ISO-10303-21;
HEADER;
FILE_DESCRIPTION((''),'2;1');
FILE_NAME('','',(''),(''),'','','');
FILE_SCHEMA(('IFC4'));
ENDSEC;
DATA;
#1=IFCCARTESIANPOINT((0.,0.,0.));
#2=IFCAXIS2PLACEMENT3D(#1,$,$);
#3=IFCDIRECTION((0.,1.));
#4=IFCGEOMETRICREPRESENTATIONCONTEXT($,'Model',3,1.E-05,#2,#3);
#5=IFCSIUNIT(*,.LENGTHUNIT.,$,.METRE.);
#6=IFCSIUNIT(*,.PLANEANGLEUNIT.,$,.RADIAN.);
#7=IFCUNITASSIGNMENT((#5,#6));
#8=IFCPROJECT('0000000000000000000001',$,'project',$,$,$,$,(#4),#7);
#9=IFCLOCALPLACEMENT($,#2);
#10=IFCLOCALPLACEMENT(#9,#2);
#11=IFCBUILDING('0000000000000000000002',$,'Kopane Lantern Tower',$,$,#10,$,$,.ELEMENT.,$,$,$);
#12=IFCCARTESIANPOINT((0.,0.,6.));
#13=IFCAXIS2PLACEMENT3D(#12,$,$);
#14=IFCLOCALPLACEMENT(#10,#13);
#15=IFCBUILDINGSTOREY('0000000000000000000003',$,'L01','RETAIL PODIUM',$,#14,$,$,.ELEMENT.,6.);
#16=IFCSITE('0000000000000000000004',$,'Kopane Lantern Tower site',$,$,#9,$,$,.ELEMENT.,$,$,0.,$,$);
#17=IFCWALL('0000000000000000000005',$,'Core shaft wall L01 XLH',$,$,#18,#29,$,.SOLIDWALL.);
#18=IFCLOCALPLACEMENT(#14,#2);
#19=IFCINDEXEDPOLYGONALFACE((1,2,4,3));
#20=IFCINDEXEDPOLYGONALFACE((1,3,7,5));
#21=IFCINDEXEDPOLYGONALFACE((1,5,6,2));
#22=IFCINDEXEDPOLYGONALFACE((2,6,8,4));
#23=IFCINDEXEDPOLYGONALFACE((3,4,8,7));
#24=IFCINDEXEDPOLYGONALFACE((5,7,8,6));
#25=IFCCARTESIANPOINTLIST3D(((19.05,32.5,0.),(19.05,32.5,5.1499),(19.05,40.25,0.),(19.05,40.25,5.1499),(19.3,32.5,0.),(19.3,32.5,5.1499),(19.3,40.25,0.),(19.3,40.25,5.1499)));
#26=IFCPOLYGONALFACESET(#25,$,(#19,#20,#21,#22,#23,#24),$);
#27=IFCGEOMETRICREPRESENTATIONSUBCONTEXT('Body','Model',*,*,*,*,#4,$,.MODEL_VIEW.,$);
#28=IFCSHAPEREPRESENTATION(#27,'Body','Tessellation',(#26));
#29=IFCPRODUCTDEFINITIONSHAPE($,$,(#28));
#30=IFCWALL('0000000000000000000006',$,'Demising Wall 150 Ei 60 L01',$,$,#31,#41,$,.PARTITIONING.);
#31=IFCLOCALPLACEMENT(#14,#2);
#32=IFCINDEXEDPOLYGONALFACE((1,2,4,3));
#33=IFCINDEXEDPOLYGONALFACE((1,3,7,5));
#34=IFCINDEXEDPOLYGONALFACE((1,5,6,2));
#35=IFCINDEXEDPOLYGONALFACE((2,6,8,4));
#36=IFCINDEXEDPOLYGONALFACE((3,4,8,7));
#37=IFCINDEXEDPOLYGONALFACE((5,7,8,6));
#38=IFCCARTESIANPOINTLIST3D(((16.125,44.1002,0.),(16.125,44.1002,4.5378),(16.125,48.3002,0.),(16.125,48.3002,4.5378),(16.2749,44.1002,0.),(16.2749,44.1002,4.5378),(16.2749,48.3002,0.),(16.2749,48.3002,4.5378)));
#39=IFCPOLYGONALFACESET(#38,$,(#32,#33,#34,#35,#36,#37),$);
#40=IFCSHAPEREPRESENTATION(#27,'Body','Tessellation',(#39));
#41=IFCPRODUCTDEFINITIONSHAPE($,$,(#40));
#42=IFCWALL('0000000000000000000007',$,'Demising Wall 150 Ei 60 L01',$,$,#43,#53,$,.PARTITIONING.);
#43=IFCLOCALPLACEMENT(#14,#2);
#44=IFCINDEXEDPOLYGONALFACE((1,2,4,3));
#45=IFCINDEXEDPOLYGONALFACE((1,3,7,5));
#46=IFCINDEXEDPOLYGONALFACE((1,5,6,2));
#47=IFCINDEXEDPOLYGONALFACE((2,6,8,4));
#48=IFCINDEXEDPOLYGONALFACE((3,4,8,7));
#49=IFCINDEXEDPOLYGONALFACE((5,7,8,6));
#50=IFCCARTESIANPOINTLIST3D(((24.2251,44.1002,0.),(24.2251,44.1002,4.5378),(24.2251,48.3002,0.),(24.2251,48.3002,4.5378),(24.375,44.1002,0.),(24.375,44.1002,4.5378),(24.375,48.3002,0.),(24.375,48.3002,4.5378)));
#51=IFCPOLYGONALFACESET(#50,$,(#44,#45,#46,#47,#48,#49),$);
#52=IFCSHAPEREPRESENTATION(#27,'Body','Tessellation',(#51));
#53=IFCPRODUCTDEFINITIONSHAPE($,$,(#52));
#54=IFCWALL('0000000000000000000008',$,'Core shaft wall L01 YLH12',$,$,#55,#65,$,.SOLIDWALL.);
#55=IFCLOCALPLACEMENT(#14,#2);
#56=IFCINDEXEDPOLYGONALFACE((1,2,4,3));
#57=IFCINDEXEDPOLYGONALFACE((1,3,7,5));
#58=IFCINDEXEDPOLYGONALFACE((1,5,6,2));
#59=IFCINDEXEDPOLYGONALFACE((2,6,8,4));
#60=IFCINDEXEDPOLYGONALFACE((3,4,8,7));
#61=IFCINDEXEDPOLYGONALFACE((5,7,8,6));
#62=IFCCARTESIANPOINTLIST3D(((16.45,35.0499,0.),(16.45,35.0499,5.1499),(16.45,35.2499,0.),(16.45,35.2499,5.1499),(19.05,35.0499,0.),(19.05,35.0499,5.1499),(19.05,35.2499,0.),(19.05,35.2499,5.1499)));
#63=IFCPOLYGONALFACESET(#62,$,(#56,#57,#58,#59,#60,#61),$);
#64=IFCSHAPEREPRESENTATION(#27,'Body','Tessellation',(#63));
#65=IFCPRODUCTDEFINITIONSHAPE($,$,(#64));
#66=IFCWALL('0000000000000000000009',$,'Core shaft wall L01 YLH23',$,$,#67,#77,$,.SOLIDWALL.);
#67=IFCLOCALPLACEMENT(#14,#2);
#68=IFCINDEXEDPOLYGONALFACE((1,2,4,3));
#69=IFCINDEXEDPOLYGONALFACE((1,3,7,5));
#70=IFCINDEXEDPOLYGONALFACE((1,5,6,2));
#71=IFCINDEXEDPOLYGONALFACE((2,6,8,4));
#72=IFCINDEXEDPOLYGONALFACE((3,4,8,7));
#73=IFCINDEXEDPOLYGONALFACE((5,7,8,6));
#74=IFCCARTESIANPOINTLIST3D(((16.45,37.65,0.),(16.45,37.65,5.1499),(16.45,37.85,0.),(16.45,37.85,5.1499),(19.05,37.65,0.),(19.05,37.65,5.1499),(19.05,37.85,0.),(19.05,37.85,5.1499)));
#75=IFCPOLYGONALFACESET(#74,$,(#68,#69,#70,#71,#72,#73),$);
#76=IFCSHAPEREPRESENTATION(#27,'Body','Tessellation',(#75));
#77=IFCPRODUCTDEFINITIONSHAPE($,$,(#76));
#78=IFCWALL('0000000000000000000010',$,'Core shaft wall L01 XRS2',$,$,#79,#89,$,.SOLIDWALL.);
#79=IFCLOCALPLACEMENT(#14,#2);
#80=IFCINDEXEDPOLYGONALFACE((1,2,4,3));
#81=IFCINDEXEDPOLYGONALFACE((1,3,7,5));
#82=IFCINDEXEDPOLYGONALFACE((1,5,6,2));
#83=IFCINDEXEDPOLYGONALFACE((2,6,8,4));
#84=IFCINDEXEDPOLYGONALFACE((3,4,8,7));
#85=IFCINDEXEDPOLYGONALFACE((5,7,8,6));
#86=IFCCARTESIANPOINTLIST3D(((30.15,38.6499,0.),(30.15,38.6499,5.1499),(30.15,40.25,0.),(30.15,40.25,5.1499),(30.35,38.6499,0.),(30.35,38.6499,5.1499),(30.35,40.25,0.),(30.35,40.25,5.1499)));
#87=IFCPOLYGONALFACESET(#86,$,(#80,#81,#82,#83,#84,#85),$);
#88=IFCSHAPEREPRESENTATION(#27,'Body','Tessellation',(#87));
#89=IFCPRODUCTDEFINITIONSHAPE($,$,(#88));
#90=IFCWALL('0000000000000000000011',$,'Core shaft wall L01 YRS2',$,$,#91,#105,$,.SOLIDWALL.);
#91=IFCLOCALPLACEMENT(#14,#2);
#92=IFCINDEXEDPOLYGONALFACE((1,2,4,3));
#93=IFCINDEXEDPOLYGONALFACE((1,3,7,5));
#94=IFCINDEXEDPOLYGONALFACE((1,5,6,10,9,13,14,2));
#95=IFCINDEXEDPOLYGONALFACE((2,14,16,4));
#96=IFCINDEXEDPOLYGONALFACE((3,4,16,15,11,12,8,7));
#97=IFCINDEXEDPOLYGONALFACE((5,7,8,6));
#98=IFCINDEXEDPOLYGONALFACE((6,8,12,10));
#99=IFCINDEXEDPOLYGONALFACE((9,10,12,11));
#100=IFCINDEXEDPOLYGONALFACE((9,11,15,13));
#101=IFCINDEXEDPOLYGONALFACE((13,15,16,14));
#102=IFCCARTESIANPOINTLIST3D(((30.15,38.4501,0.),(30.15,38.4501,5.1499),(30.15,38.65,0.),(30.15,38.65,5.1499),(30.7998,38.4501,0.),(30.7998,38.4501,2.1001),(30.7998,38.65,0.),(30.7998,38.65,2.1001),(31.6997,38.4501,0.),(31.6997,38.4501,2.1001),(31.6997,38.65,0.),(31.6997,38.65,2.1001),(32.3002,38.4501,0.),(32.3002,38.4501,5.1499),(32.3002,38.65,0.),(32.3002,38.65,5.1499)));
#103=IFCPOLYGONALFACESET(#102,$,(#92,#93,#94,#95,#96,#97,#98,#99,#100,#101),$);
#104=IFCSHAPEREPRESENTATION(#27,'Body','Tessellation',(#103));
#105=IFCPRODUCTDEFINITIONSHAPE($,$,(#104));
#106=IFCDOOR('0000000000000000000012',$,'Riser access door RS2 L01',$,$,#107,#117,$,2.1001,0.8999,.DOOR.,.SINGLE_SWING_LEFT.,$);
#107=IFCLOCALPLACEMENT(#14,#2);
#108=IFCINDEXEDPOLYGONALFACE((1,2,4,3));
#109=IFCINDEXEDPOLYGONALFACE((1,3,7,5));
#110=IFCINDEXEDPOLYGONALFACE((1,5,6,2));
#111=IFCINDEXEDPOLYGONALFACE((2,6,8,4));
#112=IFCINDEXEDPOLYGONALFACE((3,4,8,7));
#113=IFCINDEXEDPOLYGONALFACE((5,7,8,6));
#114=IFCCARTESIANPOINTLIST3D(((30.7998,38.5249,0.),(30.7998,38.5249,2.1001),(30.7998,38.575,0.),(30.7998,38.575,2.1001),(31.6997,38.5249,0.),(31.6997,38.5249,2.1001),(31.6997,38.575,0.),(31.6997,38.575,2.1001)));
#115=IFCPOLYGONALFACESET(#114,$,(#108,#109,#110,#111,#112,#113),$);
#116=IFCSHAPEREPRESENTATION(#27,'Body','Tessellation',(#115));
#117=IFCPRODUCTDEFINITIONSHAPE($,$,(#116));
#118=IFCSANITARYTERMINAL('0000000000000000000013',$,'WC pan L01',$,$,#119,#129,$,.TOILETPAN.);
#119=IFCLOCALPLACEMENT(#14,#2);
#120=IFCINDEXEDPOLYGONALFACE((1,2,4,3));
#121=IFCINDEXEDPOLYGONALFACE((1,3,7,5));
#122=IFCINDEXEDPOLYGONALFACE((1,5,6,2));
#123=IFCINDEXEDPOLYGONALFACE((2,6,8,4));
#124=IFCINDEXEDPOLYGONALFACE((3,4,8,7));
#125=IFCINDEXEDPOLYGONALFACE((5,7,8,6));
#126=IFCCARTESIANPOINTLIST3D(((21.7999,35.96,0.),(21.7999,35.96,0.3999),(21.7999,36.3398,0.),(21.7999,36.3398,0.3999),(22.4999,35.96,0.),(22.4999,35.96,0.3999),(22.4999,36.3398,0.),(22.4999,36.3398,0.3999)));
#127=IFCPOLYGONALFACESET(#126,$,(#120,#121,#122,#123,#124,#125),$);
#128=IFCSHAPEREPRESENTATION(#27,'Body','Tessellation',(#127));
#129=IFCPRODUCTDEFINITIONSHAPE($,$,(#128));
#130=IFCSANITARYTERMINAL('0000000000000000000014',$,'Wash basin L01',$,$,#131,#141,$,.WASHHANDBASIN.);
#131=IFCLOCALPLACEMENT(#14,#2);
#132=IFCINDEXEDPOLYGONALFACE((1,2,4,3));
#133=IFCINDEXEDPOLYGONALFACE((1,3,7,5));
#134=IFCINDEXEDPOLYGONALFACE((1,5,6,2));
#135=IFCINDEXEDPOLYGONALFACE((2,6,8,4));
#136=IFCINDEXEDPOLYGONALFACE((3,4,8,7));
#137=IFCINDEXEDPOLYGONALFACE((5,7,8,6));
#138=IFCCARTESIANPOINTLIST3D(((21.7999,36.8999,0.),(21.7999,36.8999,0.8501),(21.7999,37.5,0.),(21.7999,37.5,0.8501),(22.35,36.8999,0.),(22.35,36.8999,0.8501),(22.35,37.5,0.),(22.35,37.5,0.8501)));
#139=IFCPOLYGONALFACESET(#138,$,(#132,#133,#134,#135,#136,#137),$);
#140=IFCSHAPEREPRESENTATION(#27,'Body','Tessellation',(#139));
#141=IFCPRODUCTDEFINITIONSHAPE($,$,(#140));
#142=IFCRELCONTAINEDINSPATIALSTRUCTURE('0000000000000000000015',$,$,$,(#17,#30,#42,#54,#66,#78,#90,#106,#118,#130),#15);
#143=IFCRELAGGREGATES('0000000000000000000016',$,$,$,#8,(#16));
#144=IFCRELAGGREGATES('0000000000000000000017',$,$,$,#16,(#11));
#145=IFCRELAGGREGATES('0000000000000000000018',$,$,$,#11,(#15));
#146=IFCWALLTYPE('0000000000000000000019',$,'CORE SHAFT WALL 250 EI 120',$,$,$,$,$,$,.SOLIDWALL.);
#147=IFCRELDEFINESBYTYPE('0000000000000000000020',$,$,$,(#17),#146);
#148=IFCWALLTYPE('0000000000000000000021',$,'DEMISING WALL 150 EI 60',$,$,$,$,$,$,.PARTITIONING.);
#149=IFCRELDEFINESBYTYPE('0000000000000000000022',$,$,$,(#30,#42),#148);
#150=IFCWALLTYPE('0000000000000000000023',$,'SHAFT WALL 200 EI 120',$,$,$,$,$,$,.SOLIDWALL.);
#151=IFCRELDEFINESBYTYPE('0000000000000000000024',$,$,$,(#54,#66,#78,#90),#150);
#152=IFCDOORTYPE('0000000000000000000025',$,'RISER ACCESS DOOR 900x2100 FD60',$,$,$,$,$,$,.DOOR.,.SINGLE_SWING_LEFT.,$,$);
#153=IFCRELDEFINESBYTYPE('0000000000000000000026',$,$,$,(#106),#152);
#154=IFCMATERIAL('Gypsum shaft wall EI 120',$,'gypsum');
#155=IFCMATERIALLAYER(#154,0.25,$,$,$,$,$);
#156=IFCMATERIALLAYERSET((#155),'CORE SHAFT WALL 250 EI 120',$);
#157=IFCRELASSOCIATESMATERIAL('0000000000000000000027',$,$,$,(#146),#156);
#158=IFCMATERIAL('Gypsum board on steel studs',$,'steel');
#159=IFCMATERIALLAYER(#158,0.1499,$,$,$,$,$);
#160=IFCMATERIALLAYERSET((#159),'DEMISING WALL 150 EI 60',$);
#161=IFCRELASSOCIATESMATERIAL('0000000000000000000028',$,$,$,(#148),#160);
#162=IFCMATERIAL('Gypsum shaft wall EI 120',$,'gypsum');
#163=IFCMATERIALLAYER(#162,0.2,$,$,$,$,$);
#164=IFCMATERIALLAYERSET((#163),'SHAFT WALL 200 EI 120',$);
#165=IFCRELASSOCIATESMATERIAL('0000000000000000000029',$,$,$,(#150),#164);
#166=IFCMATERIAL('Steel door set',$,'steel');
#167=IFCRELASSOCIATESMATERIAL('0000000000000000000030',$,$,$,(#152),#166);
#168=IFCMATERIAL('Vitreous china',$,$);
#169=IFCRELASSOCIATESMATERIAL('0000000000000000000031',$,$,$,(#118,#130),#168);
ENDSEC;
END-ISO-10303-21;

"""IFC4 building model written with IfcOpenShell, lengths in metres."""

from ifc_helpers import new_model, si_unit, direction, frame, frame_2d, origin, origin_2d, place, context, subcontext, project, spatial, rectangle, extrude, material, layer, layer_set, type_object, element, fill, save


model = new_model("IFC4")

# Units and contexts
model_context = context("Model", 3, precision=1e-05, world=origin(), true_north=direction((0.0, 1.0)))
body_context = subcontext(model_context, "Body", "Model", "MODEL_VIEW")
ifc_project = project(units=[si_unit("LENGTHUNIT", "METRE"), si_unit("PLANEANGLEUNIT", "RADIAN")], contexts=[model_context])

# Site, building, storey
site_placement = place(None, origin())
site = spatial("IfcSite", under=ifc_project, at=site_placement, Name="Kopane Lantern Tower site", CompositionType="ELEMENT", RefElevation=0.0)
building_placement = place(site_placement, origin())
building = spatial("IfcBuilding", under=site, at=building_placement, Name="Kopane Lantern Tower", CompositionType="ELEMENT")
storey_placement = place(building_placement, frame((0.0, 0.0, 6.0)))
storey = spatial("IfcBuildingStorey", under=building, at=storey_placement, Name="L01", Description="RETAIL PODIUM", CompositionType="ELEMENT", Elevation=6.0)

# Walls
ifc_material_1 = material(Name="Gypsum shaft wall EI 120", Category="gypsum")
ifc_layer_1 = layer(ifc_material_1, 0.25)
ifc_layer_set_1 = layer_set([ifc_layer_1], Name="CORE SHAFT WALL 250 EI 120")
wall_type_1 = type_object("IfcWallType", Name="CORE SHAFT WALL 250 EI 120", PredefinedType="SOLIDWALL", material=ifc_layer_set_1)
wall_1_placement = place(storey_placement, frame((19.175, 32.5, 0.0), z_axis=(0.0, 0.0, 1.0), x_axis=(0.0, 1.0, 0.0)))
element("IfcWall", 1, at=wall_1_placement, inside=storey, type_object=wall_type_1, Name="Core shaft wall L01 XLH", PredefinedType="SOLIDWALL", context=body_context, shape_type="SweptSolid", body=[
    extrude(rectangle(XDim=7.75, YDim=0.25, at=frame_2d((3.875, 0.0))), origin(), (0.0, 0.0, 1.0), 5.1499),
])
ifc_material_2 = material(Name="Gypsum board on steel studs", Category="steel")
ifc_layer_2 = layer(ifc_material_2, 0.1499)
ifc_layer_set_2 = layer_set([ifc_layer_2], Name="DEMISING WALL 150 EI 60")
wall_type_2 = type_object("IfcWallType", Name="DEMISING WALL 150 EI 60", PredefinedType="PARTITIONING", material=ifc_layer_set_2)
for number, where, z_axis, x_axis, name in (
    (2, (16.2, 44.1001, 0.0), (0.0, 0.0, 1.0), (0.0, 1.0, 0.0), "Demising Wall 150 Ei 60 L01"),
    (3, (24.3, 44.1001, 0.0), (0.0, 0.0, 1.0), (0.0, 1.0, 0.0), "Demising Wall 150 Ei 60 L01"),
):
    element("IfcWall", number, at=place(storey_placement, frame(where, z_axis=z_axis, x_axis=x_axis)), inside=storey, type_object=wall_type_2, Name=name, PredefinedType="PARTITIONING", context=body_context, shape_type="SweptSolid", body=[
        extrude(rectangle(XDim=4.2, YDim=0.1499, at=frame_2d((2.1001, 0.0))), origin(), (0.0, 0.0, 1.0), 4.5378),
    ])
ifc_material_3 = material(Name="Gypsum shaft wall EI 120", Category="gypsum")
ifc_layer_3 = layer(ifc_material_3, 0.2)
ifc_layer_set_3 = layer_set([ifc_layer_3], Name="SHAFT WALL 200 EI 120")
wall_type_3 = type_object("IfcWallType", Name="SHAFT WALL 200 EI 120", PredefinedType="SOLIDWALL", material=ifc_layer_set_3)
for number, where, z_axis, x_axis, name in (
    (4, (16.45, 35.1499, 0.0), (0.0, 0.0, 1.0), (1.0, 0.0, 0.0), "Core shaft wall L01 YLH12"),
    (5, (16.45, 37.75, 0.0), (0.0, 0.0, 1.0), (1.0, 0.0, 0.0), "Core shaft wall L01 YLH23"),
):
    element("IfcWall", number, at=place(storey_placement, frame(where, z_axis=z_axis, x_axis=x_axis)), inside=storey, type_object=wall_type_3, Name=name, PredefinedType="SOLIDWALL", context=body_context, shape_type="SweptSolid", body=[
        extrude(rectangle(XDim=2.6001, YDim=0.2, at=frame_2d((1.3, 0.0))), origin(), (0.0, 0.0, 1.0), 5.1499),
    ])
wall_2_placement = place(storey_placement, frame((30.25, 38.6499, 0.0), z_axis=(0.0, 0.0, 1.0), x_axis=(0.0, 1.0, 0.0)))
element("IfcWall", 6, at=wall_2_placement, inside=storey, type_object=wall_type_3, Name="Core shaft wall L01 XRS2", PredefinedType="SOLIDWALL", context=body_context, shape_type="SweptSolid", body=[
    extrude(rectangle(XDim=1.6001, YDim=0.2, at=frame_2d((0.8, 0.0))), origin(), (0.0, 0.0, 1.0), 5.1499),
])

# Wall, opening, door
wall_3_placement = place(storey_placement, frame((30.1499, 38.55, 0.0), z_axis=(0.0, 0.0, 1.0), x_axis=(1.0, 0.0, 0.0)))
wall_3 = element("IfcWall", 7, at=wall_3_placement, inside=storey, type_object=wall_type_3, Name="Core shaft wall L01 YRS2", PredefinedType="SOLIDWALL", context=body_context, shape_type="SweptSolid", body=[
    extrude(rectangle(XDim=2.1501, YDim=0.2, at=frame_2d((1.0752, 0.0))), origin(), (0.0, 0.0, 1.0), 5.1499),
])
opening_1_placement = place(wall_3_placement, frame((0.6499, 0.0, 0.0)))
opening_1 = element("IfcOpeningElement", 8, at=opening_1_placement, cuts=wall_3, PredefinedType="OPENING", context=body_context, shape_type="SweptSolid", body=[
    extrude(rectangle(XDim=0.8999, YDim=2.1001, at=frame_2d((0.45, 1.05))), frame((0.0, 0.1099, 0.0), z_axis=(0.0, -1.0, 0.0), x_axis=(1.0, 0.0, 0.0)), (0.0, 0.0, 1.0), 0.22),
])
ifc_material_4 = material(Name="Steel door set", Category="steel")
door_type_1 = type_object("IfcDoorType", Name="RISER ACCESS DOOR 900x2100 FD60", OperationType="SINGLE_SWING_LEFT", PredefinedType="DOOR", material=ifc_material_4)
door_1_placement = place(opening_1_placement, origin())
door_1 = element("IfcDoor", 9, at=door_1_placement, inside=storey, type_object=door_type_1, Name="Riser access door RS2 L01", OperationType="SINGLE_SWING_LEFT", OverallHeight=2.1001, OverallWidth=0.8999, PredefinedType="DOOR", context=body_context, shape_type="SweptSolid", body=[
    extrude(rectangle(XDim=0.8999, YDim=2.1001, at=frame_2d((0.45, 1.05))), frame((0.0, 0.0249, 0.0), z_axis=(0.0, -1.0, 0.0), x_axis=(1.0, 0.0, 0.0)), (0.0, 0.0, 1.0), 0.05),
])
fill(opening_1, door_1)

# Sanitary terminals
ifc_material_5 = material(Name="Vitreous china")
sanitary_terminal_1_placement = place(storey_placement, frame((22.1499, 36.1499, 0.0), z_axis=(0.0, 0.0, 1.0), x_axis=(1.0, 0.0, 0.0)))
element("IfcSanitaryTerminal", 10, at=sanitary_terminal_1_placement, inside=storey, material=ifc_material_5, Name="WC pan L01", PredefinedType="TOILETPAN", context=body_context, shape_type="SweptSolid", body=[
    extrude(rectangle(XDim=0.7, YDim=0.3799, at=origin_2d()), origin(), (0.0, 0.0, 1.0), 0.3999),
])
sanitary_terminal_2_placement = place(storey_placement, frame((22.075, 37.2, 0.0), z_axis=(0.0, 0.0, 1.0), x_axis=(1.0, 0.0, 0.0)))
element("IfcSanitaryTerminal", 11, at=sanitary_terminal_2_placement, inside=storey, material=ifc_material_5, Name="Wash basin L01", PredefinedType="WASHHANDBASIN", context=body_context, shape_type="SweptSolid", body=[
    extrude(rectangle(XDim=0.55, YDim=0.6001, at=origin_2d()), origin(), (0.0, 0.0, 1.0), 0.8501),
])

save(model, "model.ifc")
